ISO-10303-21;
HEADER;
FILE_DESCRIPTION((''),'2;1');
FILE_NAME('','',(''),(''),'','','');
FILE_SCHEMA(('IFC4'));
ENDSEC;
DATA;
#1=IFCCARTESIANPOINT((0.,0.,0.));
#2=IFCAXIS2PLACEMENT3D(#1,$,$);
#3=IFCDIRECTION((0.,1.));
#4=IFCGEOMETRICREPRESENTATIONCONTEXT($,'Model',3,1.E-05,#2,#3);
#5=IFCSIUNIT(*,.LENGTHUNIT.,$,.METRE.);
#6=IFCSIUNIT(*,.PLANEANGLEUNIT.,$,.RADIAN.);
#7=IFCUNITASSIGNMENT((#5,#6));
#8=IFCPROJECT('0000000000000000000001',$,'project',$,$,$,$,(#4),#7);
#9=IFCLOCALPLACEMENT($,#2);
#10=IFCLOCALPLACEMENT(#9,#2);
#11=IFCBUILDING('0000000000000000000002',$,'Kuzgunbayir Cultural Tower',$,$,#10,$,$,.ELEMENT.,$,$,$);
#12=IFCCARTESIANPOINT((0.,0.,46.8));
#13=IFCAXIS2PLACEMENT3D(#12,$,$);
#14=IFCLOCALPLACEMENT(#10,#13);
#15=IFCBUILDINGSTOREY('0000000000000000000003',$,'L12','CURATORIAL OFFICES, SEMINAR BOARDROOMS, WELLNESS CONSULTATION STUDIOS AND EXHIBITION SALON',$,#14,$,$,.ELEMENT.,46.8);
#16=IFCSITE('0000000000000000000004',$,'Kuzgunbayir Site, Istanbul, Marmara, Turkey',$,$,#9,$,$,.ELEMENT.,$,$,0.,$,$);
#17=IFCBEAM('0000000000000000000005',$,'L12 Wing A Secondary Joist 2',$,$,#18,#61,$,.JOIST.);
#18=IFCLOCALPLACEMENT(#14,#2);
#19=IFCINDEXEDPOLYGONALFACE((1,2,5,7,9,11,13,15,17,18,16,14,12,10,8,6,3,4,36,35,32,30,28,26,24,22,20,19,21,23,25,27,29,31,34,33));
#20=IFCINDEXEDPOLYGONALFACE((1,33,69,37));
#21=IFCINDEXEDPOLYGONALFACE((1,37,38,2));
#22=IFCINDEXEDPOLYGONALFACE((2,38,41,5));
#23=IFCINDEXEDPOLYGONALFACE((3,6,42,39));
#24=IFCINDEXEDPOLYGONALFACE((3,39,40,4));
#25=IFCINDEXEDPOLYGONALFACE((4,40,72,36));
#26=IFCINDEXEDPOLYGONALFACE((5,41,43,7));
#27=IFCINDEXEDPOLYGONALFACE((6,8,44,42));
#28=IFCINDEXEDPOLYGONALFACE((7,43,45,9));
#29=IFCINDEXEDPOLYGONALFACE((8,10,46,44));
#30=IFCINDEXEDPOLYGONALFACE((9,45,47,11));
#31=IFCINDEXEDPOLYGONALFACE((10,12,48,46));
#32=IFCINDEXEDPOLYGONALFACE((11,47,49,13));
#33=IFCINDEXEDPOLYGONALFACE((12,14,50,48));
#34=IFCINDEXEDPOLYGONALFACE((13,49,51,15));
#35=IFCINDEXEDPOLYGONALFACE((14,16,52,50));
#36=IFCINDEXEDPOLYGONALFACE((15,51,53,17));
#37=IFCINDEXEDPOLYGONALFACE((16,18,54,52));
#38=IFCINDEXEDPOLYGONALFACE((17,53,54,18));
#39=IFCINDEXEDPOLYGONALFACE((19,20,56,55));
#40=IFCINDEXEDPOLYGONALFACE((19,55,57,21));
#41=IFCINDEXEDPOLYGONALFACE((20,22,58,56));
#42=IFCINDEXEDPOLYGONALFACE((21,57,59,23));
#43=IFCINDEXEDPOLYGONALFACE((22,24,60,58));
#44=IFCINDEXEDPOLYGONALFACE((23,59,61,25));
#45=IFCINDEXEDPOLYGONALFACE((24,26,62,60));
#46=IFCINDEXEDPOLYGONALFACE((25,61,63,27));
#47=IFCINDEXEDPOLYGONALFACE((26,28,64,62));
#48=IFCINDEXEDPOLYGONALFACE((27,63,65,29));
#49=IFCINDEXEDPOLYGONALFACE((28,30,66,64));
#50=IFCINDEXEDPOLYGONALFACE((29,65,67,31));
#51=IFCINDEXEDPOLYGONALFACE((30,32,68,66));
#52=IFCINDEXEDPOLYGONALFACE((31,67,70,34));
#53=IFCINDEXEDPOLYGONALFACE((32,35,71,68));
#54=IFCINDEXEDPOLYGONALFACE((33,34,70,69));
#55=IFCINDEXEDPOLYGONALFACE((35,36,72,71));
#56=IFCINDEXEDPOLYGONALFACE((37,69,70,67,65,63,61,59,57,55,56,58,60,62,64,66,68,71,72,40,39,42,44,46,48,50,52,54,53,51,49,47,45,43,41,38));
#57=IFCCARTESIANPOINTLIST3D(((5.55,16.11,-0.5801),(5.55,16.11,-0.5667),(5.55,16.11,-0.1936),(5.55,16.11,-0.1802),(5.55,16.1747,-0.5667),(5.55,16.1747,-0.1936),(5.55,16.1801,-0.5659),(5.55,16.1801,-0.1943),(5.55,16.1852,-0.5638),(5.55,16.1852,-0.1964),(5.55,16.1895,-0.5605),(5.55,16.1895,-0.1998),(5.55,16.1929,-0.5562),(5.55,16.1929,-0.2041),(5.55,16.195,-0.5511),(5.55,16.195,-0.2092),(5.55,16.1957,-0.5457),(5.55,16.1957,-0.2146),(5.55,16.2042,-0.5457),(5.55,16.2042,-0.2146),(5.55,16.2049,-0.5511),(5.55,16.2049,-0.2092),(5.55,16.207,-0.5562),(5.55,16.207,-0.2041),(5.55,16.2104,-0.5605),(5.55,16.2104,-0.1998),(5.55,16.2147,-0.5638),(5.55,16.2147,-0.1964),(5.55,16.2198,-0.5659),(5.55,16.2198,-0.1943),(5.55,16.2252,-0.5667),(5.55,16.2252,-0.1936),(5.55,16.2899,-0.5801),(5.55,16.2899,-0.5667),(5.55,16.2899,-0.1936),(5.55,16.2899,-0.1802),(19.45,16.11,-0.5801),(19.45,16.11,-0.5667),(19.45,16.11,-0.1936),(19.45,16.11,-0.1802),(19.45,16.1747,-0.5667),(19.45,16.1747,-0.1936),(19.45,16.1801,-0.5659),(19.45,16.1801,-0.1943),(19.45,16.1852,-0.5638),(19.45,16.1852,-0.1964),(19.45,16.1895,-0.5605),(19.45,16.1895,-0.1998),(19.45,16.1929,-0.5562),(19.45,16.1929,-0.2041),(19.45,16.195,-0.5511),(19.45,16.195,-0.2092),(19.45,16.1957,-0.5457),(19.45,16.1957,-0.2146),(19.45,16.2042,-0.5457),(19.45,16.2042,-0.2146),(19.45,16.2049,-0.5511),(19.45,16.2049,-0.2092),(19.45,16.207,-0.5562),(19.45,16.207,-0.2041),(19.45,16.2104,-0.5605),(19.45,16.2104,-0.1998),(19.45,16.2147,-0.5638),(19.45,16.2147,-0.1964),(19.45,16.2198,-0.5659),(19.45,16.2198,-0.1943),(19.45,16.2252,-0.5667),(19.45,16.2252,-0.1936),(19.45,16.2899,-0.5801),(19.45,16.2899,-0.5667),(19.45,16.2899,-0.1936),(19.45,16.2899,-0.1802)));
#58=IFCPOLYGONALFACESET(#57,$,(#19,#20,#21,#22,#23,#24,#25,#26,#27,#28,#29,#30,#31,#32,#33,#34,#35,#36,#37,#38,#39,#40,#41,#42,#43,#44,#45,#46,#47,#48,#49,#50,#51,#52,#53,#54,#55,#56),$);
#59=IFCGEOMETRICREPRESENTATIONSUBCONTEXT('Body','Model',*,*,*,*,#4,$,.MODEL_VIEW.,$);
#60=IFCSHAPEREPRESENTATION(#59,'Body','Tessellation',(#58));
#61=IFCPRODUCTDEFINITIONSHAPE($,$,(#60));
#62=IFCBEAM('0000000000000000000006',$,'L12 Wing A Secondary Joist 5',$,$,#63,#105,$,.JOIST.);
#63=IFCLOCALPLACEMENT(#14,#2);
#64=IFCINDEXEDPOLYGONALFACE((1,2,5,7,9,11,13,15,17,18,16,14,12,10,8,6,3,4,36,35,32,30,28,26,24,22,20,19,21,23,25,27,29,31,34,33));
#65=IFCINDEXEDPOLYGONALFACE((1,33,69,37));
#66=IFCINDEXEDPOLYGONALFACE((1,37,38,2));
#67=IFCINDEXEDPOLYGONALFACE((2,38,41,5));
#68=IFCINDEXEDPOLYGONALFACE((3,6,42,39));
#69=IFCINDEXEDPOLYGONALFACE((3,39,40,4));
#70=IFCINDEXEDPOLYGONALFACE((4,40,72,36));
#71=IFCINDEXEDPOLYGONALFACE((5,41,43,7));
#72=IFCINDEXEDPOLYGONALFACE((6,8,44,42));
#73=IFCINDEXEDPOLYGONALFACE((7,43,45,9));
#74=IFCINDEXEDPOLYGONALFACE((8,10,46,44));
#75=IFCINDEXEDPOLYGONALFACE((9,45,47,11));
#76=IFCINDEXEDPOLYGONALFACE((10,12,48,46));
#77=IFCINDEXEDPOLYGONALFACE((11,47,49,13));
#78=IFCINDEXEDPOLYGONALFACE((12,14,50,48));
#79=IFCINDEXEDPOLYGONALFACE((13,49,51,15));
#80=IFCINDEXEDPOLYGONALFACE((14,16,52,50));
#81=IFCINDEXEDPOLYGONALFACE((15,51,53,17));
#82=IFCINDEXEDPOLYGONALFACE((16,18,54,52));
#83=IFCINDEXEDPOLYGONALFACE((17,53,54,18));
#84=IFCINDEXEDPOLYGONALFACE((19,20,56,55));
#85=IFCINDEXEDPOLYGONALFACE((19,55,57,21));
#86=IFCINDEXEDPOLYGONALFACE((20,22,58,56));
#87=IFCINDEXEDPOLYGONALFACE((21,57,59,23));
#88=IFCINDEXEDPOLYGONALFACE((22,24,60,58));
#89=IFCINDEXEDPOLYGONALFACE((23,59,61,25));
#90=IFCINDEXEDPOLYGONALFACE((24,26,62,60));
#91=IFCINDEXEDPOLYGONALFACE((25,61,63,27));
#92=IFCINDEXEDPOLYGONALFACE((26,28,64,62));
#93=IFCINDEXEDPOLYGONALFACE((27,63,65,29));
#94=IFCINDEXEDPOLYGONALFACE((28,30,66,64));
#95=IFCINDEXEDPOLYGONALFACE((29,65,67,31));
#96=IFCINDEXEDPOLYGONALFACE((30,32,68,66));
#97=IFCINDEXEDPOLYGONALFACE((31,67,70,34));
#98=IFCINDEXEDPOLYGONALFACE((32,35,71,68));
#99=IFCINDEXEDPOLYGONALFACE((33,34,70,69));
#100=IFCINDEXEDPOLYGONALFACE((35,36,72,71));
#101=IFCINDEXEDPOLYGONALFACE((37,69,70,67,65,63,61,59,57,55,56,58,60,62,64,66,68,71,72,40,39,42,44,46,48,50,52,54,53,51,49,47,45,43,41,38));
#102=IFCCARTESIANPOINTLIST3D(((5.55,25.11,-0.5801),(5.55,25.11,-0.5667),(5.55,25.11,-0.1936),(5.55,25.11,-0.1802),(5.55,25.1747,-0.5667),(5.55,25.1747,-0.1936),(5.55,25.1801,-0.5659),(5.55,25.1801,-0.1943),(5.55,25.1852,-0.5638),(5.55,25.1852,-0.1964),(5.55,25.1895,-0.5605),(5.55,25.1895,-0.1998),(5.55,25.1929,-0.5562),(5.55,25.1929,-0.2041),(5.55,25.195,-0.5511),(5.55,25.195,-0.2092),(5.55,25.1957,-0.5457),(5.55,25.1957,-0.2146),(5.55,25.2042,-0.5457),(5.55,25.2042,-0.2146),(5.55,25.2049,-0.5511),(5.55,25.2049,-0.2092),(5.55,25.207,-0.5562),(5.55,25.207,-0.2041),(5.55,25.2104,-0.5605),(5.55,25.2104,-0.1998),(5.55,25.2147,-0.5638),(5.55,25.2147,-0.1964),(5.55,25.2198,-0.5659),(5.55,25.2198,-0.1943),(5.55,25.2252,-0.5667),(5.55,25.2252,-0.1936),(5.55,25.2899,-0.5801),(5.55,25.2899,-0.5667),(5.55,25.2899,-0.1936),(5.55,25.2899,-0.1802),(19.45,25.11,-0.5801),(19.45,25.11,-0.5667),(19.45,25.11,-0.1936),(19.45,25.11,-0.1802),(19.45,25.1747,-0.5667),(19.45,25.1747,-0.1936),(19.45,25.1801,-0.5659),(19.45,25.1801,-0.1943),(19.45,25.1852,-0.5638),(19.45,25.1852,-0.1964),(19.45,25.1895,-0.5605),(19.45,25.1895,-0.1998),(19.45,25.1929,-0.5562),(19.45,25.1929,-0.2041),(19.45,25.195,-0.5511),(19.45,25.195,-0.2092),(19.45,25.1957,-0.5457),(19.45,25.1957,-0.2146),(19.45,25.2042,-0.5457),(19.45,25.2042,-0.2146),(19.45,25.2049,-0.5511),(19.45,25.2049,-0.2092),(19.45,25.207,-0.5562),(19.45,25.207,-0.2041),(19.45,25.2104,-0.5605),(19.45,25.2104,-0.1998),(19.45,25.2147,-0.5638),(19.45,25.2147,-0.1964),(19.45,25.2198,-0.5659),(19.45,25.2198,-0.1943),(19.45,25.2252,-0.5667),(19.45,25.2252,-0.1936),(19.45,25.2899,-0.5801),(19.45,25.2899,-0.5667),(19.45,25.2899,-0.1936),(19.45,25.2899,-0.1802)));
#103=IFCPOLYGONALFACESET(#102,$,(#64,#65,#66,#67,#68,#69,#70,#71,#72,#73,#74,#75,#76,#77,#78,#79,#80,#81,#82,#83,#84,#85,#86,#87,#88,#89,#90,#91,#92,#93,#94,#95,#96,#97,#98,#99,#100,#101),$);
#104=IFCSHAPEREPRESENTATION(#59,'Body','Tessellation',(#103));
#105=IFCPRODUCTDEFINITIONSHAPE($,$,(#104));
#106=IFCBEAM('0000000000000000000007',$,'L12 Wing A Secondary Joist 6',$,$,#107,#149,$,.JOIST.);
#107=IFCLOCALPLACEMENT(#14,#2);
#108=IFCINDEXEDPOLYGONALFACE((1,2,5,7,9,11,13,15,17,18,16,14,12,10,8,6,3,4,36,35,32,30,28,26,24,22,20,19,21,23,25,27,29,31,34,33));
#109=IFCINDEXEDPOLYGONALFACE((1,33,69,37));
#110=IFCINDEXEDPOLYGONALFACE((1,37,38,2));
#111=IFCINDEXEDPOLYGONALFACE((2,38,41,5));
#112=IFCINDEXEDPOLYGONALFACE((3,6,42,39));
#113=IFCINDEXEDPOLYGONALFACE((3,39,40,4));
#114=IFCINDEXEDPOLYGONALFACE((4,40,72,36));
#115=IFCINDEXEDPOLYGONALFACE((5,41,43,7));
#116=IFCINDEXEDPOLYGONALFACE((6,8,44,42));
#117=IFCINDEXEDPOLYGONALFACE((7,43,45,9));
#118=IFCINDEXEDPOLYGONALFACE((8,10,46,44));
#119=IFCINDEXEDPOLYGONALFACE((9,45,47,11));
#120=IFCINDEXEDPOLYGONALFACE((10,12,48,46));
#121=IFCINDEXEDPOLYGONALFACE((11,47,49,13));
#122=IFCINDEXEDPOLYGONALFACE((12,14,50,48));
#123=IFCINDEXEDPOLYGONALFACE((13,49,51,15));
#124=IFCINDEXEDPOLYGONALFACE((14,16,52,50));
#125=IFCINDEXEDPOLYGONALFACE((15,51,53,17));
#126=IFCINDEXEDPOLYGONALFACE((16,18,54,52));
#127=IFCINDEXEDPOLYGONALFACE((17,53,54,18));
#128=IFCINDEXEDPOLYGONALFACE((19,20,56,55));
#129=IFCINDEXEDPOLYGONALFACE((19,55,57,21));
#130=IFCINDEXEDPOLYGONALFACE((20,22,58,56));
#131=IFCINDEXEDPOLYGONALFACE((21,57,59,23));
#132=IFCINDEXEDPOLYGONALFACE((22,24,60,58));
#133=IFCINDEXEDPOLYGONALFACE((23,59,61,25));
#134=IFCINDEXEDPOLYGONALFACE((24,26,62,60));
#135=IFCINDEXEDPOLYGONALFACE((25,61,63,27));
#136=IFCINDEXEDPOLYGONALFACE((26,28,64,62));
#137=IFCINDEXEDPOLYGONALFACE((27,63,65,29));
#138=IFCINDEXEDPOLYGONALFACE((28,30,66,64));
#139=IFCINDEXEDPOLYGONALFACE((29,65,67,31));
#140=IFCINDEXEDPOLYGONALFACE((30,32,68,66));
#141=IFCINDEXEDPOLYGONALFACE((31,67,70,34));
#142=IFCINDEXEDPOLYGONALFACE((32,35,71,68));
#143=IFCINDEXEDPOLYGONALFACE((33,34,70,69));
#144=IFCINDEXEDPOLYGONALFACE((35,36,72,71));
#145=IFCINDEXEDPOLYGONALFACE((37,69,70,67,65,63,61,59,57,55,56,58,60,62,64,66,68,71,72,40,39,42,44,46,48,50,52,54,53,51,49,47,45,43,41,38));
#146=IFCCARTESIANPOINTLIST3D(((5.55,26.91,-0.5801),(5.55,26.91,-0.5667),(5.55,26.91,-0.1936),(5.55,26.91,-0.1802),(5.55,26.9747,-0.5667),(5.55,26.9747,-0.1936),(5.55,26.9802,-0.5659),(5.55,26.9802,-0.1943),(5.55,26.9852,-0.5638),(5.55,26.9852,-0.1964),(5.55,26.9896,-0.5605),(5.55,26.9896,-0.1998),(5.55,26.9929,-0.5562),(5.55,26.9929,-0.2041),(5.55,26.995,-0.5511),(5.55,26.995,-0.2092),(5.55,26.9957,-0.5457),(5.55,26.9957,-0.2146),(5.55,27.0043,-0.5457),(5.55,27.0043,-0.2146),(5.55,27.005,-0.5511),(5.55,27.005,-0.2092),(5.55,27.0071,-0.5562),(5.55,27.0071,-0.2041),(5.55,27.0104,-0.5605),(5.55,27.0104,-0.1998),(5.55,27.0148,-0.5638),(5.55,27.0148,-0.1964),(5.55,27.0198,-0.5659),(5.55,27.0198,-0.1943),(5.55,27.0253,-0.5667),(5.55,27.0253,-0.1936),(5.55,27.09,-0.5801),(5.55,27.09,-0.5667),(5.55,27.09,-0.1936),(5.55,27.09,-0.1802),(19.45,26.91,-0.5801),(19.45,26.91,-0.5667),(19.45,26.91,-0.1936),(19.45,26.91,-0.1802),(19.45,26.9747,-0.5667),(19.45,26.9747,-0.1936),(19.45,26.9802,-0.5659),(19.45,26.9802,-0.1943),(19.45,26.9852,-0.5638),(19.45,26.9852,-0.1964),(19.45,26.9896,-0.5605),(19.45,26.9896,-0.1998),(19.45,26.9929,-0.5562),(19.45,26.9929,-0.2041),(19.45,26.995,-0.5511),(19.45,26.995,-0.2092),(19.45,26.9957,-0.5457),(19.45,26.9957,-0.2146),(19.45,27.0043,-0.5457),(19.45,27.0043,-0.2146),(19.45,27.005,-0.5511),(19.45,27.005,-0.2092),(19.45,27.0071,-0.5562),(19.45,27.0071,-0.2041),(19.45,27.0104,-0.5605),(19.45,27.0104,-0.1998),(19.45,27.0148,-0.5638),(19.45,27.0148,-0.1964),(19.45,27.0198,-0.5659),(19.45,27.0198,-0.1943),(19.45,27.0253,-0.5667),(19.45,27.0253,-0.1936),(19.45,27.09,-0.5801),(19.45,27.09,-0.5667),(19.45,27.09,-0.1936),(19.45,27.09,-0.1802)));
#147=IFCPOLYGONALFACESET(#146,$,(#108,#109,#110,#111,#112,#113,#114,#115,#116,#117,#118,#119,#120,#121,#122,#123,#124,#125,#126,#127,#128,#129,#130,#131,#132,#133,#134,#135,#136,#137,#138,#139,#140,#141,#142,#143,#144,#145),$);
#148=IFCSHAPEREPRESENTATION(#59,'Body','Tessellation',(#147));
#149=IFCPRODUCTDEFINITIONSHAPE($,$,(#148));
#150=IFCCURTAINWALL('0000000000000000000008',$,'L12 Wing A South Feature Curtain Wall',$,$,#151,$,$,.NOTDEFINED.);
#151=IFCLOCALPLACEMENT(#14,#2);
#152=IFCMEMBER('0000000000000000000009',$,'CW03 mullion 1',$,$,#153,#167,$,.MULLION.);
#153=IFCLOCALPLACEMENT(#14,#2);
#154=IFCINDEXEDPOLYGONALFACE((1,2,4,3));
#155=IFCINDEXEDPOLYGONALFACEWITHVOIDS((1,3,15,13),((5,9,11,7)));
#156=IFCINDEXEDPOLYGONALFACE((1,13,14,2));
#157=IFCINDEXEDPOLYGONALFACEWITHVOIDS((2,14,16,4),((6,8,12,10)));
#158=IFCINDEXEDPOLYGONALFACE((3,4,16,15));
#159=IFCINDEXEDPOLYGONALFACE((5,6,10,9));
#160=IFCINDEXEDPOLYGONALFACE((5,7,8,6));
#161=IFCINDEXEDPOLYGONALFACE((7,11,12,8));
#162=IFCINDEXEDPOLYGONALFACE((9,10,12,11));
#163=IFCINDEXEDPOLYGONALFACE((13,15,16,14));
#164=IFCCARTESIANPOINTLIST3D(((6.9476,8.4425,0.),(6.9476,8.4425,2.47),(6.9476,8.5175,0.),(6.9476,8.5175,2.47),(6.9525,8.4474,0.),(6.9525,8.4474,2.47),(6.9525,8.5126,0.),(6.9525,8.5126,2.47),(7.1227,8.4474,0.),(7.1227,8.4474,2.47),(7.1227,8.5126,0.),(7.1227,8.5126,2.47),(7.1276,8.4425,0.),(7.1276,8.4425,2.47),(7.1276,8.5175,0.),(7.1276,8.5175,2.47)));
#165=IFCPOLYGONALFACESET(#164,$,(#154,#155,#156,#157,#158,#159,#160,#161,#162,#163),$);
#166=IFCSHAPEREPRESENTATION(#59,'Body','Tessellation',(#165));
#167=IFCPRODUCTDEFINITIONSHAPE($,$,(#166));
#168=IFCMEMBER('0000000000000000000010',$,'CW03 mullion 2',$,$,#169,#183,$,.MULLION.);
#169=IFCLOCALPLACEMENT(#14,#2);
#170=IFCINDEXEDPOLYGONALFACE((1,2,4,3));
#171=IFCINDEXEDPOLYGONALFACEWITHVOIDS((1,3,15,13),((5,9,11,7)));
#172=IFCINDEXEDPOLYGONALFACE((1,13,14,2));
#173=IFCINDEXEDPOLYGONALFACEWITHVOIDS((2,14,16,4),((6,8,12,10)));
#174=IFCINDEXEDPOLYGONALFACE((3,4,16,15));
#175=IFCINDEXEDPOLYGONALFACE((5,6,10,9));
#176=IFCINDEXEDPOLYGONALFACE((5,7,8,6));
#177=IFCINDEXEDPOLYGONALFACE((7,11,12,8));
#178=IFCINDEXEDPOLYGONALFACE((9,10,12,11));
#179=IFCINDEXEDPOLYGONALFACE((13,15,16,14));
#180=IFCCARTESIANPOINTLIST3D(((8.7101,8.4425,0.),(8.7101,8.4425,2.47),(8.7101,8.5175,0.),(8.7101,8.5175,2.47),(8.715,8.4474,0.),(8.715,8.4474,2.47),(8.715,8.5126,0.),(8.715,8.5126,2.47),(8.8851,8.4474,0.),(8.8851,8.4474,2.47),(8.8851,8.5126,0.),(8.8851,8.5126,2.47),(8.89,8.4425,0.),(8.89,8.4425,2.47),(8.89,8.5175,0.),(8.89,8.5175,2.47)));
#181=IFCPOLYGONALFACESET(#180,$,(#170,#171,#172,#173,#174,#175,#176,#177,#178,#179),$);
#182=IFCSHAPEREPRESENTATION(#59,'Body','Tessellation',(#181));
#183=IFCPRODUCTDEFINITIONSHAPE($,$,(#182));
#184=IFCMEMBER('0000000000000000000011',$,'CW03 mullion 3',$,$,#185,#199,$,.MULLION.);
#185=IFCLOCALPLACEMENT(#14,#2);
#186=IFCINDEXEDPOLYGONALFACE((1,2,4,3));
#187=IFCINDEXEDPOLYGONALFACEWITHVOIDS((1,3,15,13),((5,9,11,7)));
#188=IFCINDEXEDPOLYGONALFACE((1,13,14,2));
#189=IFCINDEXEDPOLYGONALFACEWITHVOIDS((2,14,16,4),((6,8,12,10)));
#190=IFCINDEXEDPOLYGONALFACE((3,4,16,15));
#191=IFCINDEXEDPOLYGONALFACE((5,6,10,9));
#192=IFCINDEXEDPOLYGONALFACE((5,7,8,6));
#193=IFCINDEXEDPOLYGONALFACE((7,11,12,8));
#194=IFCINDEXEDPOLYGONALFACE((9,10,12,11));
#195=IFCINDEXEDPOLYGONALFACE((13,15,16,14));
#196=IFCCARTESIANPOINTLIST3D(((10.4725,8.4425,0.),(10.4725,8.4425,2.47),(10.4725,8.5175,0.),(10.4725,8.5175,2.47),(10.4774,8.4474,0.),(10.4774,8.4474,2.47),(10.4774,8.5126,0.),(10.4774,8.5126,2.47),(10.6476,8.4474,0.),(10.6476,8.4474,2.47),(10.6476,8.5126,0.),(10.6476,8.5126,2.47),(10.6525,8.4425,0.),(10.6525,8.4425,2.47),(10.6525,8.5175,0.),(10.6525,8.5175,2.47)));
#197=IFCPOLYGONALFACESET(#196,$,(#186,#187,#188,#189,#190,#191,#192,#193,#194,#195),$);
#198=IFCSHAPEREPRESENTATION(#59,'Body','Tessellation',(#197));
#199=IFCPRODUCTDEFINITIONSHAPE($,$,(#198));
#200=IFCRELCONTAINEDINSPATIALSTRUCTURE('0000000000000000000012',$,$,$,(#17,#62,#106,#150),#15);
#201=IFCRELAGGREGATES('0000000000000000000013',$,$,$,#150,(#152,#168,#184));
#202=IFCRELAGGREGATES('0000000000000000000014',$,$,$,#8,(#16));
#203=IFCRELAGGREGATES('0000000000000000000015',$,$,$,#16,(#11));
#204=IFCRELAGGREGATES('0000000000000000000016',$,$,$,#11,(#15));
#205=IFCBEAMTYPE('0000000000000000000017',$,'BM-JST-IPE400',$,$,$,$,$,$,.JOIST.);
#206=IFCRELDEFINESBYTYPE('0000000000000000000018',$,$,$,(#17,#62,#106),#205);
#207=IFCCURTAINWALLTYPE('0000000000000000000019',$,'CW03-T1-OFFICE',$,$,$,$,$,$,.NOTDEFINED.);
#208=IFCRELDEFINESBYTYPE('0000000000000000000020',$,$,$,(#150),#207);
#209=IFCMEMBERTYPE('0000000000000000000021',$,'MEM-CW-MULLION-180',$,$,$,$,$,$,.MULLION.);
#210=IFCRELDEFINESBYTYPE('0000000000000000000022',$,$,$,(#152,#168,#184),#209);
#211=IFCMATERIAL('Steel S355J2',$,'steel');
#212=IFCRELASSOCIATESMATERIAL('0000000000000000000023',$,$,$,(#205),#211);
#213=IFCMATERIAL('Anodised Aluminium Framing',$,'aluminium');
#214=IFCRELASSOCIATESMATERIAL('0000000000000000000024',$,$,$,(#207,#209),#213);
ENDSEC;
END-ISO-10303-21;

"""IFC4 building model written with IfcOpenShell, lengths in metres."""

from ifc_helpers import new_model, si_unit, direction, frame, origin, origin_2d, place, context, subcontext, project, spatial, hollow_rectangle, i_section, extrude, material, material_profile, profile_set, type_object, element, aggregate, save


model = new_model("IFC4")

# Units and contexts
model_context = context("Model", 3, precision=1e-05, world=origin(), true_north=direction((0.0, 1.0)))
body_context = subcontext(model_context, "Body", "Model", "MODEL_VIEW")
ifc_project = project(units=[si_unit("LENGTHUNIT", "METRE"), si_unit("PLANEANGLEUNIT", "RADIAN")], contexts=[model_context])

# Site, building, storey
site_placement = place(None, origin())
site = spatial("IfcSite", under=ifc_project, at=site_placement, Name="Kuzgunbayir Site, Istanbul, Marmara, Turkey", CompositionType="ELEMENT", RefElevation=0.0)
building_placement = place(site_placement, origin())
building = spatial("IfcBuilding", under=site, at=building_placement, Name="Kuzgunbayir Cultural Tower", CompositionType="ELEMENT")
storey_placement = place(building_placement, frame((0.0, 0.0, 46.8)))
storey = spatial("IfcBuildingStorey", under=building, at=storey_placement, Name="L12", Description="CURATORIAL OFFICES, SEMINAR BOARDROOMS, WELLNESS CONSULTATION STUDIOS AND EXHIBITION SALON", CompositionType="ELEMENT", Elevation=46.8)

# Beams
ifc_material_1 = material(Name="Steel S355J2", Category="steel")
ifc_material_profile_1 = material_profile(ifc_material_1, i_section(OverallWidth=0.1799, OverallDepth=0.3999, WebThickness=0.0085, FlangeThickness=0.0134, FilletRadius=0.021, at=origin_2d()), Name="IPE 400")
ifc_profile_set_1 = profile_set([ifc_material_profile_1], Name="Steel S355J2")
beam_type = type_object("IfcBeamType", Name="BM-JST-IPE400", PredefinedType="JOIST", material=ifc_profile_set_1)
for number, where, z_axis, x_axis, name in (
    (1, (5.55, 16.2, -0.3801), (1.0, 0.0, 0.0), (0.0, 1.0, 0.0), "L12 Wing A Secondary Joist 2"),
    (2, (5.55, 25.2, -0.3801), (1.0, 0.0, 0.0), (0.0, 1.0, 0.0), "L12 Wing A Secondary Joist 5"),
    (3, (5.55, 27.0, -0.3801), (1.0, 0.0, 0.0), (0.0, 1.0, 0.0), "L12 Wing A Secondary Joist 6"),
):
    element("IfcBeam", number, at=place(storey_placement, frame(where, z_axis=z_axis, x_axis=x_axis)), inside=storey, type_object=beam_type, Name=name, PredefinedType="JOIST", context=body_context, shape_type="SweptSolid", body=[
        extrude(i_section(OverallWidth=0.1799, OverallDepth=0.3999, WebThickness=0.0085, FlangeThickness=0.0134, FilletRadius=0.021, at=origin_2d()), origin(), (0.0, 0.0, 1.0), 13.8999),
    ])

# Curtain wall, members
ifc_material_2 = material(Name="Anodised Aluminium Framing", Category="aluminium")
curtain_wall_type = type_object("IfcCurtainWallType", Name="CW03-T1-OFFICE", PredefinedType="NOTDEFINED", material=ifc_material_2)
curtain_wall_placement = place(storey_placement, origin())
curtain_wall = element("IfcCurtainWall", 4, at=curtain_wall_placement, inside=storey, type_object=curtain_wall_type, Name="L12 Wing A South Feature Curtain Wall", PredefinedType="NOTDEFINED")
ifc_material_profile_2 = material_profile(ifc_material_2, hollow_rectangle(XDim=0.075, YDim=0.1799, WallThickness=0.0049, at=origin_2d()), Name="RHS 180x75x5")
ifc_profile_set_2 = profile_set([ifc_material_profile_2], Name="Anodised Aluminium Framing")
member_type_1 = type_object("IfcMemberType", Name="MEM-CW-MULLION-180", PredefinedType="MULLION", material=ifc_profile_set_2)
member_1_placement = place(storey_placement, frame((7.0376, 8.48, 0.0), z_axis=(0.0, 0.0, 1.0), x_axis=(0.0, 1.0, 0.0)))
member_1 = element("IfcMember", 5, at=member_1_placement, type_object=member_type_1, Name="CW03 mullion 1", PredefinedType="MULLION", context=body_context, shape_type="SweptSolid", body=[
    extrude(hollow_rectangle(XDim=0.075, YDim=0.1799, WallThickness=0.0049, at=origin_2d()), origin(), (0.0, 0.0, 1.0), 2.47),
])
member_2_placement = place(storey_placement, frame((8.8, 8.48, 0.0), z_axis=(0.0, 0.0, 1.0), x_axis=(0.0, 1.0, 0.0)))
member_2 = element("IfcMember", 6, at=member_2_placement, type_object=member_type_1, Name="CW03 mullion 2", PredefinedType="MULLION", context=body_context, shape_type="SweptSolid", body=[
    extrude(hollow_rectangle(XDim=0.075, YDim=0.1799, WallThickness=0.0049, at=origin_2d()), origin(), (0.0, 0.0, 1.0), 2.47),
])
member_3_placement = place(storey_placement, frame((10.5625, 8.48, 0.0), z_axis=(0.0, 0.0, 1.0), x_axis=(0.0, 1.0, 0.0)))
member_3 = element("IfcMember", 7, at=member_3_placement, type_object=member_type_1, Name="CW03 mullion 3", PredefinedType="MULLION", context=body_context, shape_type="SweptSolid", body=[
    extrude(hollow_rectangle(XDim=0.075, YDim=0.1799, WallThickness=0.0049, at=origin_2d()), origin(), (0.0, 0.0, 1.0), 2.47),
])
aggregate(curtain_wall, [member_1, member_2, member_3])

save(model, "model.ifc")
